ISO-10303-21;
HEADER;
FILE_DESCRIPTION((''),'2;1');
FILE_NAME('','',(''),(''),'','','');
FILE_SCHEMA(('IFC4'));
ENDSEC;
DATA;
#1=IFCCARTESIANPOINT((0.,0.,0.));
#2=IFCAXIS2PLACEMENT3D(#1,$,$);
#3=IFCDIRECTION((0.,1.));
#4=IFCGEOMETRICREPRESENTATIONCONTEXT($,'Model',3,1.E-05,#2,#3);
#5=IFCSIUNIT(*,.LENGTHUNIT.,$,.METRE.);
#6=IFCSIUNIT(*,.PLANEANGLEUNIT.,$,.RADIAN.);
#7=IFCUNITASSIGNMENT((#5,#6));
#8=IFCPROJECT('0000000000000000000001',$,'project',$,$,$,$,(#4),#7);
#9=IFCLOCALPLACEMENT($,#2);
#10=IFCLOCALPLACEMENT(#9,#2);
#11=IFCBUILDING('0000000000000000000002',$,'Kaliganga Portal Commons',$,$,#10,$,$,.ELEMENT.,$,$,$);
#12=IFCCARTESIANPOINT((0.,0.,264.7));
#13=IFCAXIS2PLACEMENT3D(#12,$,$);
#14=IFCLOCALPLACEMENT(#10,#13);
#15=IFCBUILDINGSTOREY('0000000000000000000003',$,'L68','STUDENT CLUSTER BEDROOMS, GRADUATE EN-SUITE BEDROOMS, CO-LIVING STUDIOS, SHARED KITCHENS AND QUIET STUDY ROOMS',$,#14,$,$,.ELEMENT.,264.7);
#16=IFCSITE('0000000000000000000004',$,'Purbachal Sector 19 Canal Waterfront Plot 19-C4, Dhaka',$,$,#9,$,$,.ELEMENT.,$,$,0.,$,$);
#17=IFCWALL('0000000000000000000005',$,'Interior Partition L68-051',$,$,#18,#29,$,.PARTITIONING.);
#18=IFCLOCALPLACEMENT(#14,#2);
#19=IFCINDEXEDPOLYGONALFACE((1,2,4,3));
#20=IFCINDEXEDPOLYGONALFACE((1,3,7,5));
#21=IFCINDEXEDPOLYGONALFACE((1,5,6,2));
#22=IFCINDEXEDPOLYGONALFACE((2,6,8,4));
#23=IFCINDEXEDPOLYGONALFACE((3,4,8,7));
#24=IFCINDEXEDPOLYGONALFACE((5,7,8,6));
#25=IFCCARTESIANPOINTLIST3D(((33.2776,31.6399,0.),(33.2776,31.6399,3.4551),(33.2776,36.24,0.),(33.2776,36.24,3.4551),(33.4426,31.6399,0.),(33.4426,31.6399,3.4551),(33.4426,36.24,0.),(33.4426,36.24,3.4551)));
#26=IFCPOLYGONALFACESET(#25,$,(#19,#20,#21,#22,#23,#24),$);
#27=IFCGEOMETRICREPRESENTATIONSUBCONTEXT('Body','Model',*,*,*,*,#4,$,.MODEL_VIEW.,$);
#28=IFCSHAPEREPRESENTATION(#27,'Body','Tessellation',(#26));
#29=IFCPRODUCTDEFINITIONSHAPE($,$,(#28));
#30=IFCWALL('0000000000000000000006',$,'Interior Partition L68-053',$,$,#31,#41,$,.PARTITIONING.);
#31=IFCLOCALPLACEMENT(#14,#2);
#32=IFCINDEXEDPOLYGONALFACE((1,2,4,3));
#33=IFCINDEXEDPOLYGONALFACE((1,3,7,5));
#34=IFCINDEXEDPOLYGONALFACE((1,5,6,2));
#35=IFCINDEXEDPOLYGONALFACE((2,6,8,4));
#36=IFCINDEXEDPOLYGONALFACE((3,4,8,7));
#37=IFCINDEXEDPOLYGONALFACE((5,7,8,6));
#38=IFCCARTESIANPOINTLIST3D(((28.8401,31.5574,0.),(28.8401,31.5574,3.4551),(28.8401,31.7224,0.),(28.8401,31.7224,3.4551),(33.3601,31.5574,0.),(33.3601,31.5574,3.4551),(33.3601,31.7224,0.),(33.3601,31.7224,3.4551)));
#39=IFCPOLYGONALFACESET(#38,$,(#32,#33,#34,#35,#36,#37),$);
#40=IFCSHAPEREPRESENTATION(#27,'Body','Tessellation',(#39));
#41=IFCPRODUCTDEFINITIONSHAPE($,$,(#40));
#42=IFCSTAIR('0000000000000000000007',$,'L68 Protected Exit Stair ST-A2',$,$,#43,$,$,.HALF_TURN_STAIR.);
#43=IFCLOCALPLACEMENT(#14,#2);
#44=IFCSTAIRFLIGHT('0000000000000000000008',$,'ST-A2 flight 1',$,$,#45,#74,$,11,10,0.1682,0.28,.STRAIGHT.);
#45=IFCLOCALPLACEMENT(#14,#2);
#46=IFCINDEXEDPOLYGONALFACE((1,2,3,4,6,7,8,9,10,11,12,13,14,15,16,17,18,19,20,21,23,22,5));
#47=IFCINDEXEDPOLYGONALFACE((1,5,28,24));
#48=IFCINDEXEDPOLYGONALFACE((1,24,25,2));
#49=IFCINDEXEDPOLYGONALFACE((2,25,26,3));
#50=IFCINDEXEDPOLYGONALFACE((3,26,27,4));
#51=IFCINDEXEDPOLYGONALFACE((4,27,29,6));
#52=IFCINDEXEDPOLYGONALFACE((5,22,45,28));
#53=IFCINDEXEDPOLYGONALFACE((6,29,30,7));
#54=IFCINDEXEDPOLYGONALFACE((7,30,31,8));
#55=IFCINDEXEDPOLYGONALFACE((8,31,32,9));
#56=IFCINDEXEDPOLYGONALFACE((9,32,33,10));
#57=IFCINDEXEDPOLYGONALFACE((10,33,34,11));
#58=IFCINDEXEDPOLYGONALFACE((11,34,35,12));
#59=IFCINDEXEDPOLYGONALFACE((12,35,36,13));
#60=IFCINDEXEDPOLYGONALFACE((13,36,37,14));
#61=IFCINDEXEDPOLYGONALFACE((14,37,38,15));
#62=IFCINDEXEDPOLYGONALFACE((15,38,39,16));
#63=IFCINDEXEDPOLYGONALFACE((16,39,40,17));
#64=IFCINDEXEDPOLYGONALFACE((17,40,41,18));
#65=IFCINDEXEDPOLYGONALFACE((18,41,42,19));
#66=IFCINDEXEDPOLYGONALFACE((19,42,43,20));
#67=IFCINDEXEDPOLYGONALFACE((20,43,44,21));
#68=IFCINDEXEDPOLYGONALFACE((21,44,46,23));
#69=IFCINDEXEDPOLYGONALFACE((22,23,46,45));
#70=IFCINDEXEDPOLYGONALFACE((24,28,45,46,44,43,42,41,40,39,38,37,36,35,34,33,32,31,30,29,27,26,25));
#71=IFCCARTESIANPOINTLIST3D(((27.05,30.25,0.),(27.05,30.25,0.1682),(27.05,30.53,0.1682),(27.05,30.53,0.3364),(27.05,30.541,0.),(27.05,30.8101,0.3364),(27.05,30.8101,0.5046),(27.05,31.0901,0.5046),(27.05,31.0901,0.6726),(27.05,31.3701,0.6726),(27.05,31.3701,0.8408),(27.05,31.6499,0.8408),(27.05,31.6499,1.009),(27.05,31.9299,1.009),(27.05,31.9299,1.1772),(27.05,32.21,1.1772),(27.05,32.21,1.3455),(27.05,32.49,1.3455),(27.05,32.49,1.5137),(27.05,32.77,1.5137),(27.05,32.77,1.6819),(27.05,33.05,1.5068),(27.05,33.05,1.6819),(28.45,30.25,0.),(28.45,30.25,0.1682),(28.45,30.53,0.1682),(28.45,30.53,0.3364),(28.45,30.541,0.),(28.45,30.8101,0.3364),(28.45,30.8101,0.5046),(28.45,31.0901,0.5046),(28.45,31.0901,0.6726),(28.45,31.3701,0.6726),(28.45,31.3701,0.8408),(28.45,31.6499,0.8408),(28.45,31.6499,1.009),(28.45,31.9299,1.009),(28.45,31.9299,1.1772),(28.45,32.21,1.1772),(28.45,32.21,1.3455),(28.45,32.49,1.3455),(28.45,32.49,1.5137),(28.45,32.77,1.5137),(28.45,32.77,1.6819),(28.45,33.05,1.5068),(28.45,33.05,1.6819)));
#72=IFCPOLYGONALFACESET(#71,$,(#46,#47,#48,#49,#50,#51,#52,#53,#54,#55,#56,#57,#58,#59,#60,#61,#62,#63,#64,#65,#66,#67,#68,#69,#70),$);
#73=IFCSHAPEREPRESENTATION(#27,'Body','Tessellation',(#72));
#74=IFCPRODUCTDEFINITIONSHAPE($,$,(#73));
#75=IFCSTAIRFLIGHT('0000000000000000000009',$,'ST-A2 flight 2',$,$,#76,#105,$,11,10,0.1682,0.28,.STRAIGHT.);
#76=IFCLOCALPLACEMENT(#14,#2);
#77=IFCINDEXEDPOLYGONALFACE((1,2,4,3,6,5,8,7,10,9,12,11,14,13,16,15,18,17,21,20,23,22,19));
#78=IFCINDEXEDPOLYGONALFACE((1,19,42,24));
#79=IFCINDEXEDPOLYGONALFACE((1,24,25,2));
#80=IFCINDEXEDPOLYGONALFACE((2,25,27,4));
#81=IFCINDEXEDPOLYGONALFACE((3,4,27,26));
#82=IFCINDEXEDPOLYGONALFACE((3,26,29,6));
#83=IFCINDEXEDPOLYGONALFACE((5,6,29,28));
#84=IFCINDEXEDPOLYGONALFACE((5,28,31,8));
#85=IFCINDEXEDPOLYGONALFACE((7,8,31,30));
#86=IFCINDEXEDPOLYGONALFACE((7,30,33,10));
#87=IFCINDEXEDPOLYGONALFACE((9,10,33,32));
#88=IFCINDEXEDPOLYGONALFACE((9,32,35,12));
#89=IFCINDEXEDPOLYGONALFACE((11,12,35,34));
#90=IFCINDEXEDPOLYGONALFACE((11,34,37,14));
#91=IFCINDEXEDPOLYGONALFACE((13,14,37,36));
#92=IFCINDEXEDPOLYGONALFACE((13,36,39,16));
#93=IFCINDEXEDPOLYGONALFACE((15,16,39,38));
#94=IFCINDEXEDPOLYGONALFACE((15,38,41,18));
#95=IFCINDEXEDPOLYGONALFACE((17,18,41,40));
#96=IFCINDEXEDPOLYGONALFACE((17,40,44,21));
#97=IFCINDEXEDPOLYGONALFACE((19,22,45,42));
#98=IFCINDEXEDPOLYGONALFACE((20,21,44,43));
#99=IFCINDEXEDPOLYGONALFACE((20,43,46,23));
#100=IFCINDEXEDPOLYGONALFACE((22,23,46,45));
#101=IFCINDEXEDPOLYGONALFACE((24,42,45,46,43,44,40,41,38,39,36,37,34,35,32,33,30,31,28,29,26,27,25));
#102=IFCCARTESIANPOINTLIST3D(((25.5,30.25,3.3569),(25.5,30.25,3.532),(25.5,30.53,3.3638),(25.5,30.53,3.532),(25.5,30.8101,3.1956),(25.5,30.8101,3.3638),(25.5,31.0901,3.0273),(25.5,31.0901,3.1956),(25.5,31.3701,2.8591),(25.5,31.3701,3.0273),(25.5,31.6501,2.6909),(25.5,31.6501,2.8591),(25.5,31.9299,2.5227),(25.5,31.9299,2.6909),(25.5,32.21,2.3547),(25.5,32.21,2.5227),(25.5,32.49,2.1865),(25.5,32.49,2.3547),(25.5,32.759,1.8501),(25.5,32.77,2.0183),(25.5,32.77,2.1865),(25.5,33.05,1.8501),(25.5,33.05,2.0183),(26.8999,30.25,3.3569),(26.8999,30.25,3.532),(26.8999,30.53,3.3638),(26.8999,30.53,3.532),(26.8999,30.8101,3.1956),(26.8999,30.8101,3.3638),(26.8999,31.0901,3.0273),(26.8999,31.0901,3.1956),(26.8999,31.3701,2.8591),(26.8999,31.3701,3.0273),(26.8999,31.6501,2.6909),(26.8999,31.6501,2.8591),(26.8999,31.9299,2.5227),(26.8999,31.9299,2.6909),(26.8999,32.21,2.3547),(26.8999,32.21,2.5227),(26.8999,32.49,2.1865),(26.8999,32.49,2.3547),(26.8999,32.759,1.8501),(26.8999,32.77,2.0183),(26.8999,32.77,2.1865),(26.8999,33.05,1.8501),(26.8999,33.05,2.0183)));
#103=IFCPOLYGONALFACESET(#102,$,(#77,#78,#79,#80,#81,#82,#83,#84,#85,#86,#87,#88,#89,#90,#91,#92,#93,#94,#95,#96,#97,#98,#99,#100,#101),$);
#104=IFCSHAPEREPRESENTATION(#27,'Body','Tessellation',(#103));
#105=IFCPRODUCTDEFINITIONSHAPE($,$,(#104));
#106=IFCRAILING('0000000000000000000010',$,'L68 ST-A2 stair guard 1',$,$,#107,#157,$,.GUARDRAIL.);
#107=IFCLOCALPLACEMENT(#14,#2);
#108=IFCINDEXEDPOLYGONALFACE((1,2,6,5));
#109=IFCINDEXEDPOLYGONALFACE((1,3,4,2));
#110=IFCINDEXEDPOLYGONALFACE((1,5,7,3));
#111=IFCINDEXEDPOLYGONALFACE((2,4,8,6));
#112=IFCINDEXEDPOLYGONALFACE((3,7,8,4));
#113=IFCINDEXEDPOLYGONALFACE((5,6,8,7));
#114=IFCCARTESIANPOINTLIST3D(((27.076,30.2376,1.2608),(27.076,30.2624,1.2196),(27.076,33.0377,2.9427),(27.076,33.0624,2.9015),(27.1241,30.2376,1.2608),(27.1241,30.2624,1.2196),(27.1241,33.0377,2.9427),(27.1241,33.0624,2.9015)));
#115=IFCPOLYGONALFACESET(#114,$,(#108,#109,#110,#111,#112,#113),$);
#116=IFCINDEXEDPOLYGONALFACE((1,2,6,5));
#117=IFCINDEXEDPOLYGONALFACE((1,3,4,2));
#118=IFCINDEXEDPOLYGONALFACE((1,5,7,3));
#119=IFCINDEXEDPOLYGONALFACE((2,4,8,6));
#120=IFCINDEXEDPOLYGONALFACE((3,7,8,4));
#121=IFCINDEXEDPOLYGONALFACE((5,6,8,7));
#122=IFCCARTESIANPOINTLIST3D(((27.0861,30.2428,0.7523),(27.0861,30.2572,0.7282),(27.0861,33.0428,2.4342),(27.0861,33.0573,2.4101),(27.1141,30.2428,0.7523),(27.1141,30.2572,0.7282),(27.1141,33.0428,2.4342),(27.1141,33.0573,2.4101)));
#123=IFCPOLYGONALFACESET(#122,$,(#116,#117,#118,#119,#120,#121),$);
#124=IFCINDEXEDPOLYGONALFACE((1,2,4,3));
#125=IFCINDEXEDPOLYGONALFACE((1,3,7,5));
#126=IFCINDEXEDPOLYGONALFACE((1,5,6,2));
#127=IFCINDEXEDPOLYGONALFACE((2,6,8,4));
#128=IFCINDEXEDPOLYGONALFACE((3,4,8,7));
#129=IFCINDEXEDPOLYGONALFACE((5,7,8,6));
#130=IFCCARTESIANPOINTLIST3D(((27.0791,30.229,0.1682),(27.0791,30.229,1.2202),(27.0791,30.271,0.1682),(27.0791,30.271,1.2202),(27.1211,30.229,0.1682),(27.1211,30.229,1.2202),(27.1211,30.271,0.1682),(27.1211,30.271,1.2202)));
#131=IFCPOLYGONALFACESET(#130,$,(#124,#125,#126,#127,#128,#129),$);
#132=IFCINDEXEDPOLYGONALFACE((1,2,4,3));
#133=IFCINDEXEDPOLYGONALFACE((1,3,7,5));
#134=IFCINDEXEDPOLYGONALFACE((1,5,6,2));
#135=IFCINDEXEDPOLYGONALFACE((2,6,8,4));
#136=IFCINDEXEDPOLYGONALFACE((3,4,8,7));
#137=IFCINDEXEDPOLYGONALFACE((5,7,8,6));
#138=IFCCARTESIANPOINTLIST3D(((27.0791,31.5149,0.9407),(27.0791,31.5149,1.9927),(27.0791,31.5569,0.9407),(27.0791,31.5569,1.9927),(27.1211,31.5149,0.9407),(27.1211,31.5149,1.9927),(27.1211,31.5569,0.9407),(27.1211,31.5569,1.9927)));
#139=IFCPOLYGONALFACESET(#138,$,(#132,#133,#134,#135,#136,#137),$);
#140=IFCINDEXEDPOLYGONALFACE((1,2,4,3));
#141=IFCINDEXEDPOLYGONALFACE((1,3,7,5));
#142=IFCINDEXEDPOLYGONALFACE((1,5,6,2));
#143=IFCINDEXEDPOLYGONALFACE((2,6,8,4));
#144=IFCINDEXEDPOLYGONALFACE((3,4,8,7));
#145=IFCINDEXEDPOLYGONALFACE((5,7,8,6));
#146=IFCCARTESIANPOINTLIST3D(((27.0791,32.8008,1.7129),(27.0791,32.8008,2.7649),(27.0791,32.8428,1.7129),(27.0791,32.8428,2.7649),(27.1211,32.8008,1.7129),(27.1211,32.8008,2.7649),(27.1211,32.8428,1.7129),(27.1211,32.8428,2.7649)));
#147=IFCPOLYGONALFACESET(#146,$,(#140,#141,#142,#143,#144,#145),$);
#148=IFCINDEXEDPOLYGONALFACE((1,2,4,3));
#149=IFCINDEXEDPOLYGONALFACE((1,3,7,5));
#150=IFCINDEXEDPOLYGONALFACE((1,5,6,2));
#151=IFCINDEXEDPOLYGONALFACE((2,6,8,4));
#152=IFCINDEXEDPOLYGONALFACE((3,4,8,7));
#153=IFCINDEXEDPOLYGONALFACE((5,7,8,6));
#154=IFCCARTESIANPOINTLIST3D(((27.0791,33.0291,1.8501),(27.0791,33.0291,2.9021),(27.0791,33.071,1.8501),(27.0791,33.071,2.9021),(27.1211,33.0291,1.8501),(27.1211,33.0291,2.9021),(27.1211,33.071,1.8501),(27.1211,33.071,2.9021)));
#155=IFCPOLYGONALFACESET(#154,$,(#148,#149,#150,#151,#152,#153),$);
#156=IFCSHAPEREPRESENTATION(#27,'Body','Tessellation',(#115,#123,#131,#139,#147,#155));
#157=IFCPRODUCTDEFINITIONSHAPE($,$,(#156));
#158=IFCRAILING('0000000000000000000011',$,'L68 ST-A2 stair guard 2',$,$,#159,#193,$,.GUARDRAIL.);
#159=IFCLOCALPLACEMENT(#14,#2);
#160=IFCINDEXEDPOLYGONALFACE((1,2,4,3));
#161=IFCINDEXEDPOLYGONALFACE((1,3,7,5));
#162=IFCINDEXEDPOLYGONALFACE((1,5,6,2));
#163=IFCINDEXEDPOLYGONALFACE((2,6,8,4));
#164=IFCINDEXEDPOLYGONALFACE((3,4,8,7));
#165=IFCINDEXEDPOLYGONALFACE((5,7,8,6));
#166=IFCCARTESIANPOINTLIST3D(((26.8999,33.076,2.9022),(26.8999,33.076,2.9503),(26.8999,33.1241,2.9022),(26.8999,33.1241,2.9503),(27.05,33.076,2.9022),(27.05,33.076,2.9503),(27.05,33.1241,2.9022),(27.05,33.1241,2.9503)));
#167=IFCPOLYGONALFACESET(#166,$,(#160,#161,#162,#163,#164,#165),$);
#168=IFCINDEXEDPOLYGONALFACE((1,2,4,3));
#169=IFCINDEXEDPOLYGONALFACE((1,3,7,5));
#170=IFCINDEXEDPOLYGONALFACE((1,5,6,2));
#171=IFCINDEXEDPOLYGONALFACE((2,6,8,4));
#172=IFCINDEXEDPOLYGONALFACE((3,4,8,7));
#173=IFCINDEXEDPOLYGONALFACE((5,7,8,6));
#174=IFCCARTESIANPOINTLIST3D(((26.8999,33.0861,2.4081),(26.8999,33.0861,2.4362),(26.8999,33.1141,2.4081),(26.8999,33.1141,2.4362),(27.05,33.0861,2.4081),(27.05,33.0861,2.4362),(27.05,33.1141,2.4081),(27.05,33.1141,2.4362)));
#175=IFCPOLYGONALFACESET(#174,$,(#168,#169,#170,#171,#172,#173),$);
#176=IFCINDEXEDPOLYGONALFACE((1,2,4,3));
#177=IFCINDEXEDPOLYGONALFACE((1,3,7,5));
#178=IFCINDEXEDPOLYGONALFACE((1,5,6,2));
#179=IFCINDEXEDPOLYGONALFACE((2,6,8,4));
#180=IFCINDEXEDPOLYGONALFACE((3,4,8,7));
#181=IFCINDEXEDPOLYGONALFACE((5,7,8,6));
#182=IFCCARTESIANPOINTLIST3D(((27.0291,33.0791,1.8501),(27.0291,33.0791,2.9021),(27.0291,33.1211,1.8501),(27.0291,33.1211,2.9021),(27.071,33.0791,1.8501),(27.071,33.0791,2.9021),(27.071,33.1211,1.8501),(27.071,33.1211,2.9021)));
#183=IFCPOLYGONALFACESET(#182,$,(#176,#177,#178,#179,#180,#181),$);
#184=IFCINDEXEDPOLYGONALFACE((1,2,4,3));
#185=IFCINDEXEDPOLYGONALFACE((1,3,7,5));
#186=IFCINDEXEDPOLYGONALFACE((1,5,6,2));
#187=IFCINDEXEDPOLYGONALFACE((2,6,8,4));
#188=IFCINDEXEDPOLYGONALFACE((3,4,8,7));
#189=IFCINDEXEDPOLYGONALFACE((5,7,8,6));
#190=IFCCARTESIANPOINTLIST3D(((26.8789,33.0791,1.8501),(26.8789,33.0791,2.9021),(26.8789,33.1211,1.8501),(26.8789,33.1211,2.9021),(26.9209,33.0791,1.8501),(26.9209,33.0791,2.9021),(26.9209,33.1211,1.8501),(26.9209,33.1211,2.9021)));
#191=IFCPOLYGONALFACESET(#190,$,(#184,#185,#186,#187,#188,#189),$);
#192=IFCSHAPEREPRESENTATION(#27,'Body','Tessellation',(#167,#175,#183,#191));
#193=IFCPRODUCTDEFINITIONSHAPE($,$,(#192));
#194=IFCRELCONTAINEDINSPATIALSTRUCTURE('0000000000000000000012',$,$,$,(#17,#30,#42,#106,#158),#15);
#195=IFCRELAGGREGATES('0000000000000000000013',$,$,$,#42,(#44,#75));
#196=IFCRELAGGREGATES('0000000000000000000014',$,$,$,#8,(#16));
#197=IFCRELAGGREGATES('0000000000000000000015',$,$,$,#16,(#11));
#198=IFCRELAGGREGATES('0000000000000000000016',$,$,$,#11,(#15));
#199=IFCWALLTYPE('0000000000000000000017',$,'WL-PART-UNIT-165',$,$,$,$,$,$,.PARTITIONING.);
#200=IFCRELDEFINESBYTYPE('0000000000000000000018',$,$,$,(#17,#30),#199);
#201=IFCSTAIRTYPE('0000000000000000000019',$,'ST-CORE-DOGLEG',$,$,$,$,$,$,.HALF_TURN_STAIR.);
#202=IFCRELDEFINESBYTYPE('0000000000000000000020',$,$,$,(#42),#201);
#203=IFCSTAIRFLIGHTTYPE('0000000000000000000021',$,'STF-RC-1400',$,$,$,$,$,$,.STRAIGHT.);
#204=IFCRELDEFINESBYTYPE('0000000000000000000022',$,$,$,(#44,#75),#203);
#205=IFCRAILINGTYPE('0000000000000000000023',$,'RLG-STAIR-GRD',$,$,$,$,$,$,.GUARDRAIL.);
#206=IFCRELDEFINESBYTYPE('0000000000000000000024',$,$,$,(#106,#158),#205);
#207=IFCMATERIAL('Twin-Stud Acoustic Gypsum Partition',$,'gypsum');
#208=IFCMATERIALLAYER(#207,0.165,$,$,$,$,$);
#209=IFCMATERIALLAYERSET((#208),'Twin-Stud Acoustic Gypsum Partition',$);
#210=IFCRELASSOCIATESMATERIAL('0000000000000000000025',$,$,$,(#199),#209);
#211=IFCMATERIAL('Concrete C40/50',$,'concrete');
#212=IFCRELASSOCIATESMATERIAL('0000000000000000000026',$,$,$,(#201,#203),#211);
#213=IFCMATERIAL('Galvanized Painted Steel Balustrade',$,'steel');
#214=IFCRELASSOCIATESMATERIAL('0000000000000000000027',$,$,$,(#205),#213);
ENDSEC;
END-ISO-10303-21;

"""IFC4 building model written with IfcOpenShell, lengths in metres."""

from ifc_helpers import new_model, si_unit, direction, frame, frame_2d, origin, origin_2d, place, context, subcontext, project, spatial, polyline, rectangle, outline, extrude, material, layer, layer_set, type_object, element, aggregate, save


model = new_model("IFC4")

# Units and contexts
model_context = context("Model", 3, precision=1e-05, world=origin(), true_north=direction((0.0, 1.0)))
body_context = subcontext(model_context, "Body", "Model", "MODEL_VIEW")
ifc_project = project(units=[si_unit("LENGTHUNIT", "METRE"), si_unit("PLANEANGLEUNIT", "RADIAN")], contexts=[model_context])

# Site, building, storey
site_placement = place(None, origin())
site = spatial("IfcSite", under=ifc_project, at=site_placement, Name="Purbachal Sector 19 Canal Waterfront Plot 19-C4, Dhaka", CompositionType="ELEMENT", RefElevation=0.0)
building_placement = place(site_placement, origin())
building = spatial("IfcBuilding", under=site, at=building_placement, Name="Kaliganga Portal Commons", CompositionType="ELEMENT")
storey_placement = place(building_placement, frame((0.0, 0.0, 264.7)))
storey = spatial("IfcBuildingStorey", under=building, at=storey_placement, Name="L68", Description="STUDENT CLUSTER BEDROOMS, GRADUATE EN-SUITE BEDROOMS, CO-LIVING STUDIOS, SHARED KITCHENS AND QUIET STUDY ROOMS", CompositionType="ELEMENT", Elevation=264.7)

# Walls
ifc_material_1 = material(Name="Twin-Stud Acoustic Gypsum Partition", Category="gypsum")
ifc_layer = layer(ifc_material_1, 0.165)
ifc_layer_set = layer_set([ifc_layer], Name="Twin-Stud Acoustic Gypsum Partition")
wall_type = type_object("IfcWallType", Name="WL-PART-UNIT-165", PredefinedType="PARTITIONING", material=ifc_layer_set)
wall_1_placement = place(storey_placement, frame((33.3601, 31.6399, 0.0), z_axis=(0.0, 0.0, 1.0), x_axis=(0.0, 1.0, 0.0)))
element("IfcWall", 1, at=wall_1_placement, inside=storey, type_object=wall_type, Name="Interior Partition L68-051", PredefinedType="PARTITIONING", context=body_context, shape_type="SweptSolid", body=[
    extrude(rectangle(XDim=4.6001, YDim=0.165, at=frame_2d((2.3, 0.0))), origin(), (0.0, 0.0, 1.0), 3.4551),
])
wall_2_placement = place(storey_placement, frame((28.8401, 31.6399, 0.0), z_axis=(0.0, 0.0, 1.0), x_axis=(1.0, 0.0, 0.0)))
element("IfcWall", 2, at=wall_2_placement, inside=storey, type_object=wall_type, Name="Interior Partition L68-053", PredefinedType="PARTITIONING", context=body_context, shape_type="SweptSolid", body=[
    extrude(rectangle(XDim=4.52, YDim=0.165, at=frame_2d((2.26, 0.0))), origin(), (0.0, 0.0, 1.0), 3.4551),
])

# Stair, stair flights
ifc_material_2 = material(Name="Concrete C40/50", Category="concrete")
stair_type = type_object("IfcStairType", Name="ST-CORE-DOGLEG", PredefinedType="HALF_TURN_STAIR", material=ifc_material_2)
stair_placement = place(storey_placement, origin())
stair = element("IfcStair", 3, at=stair_placement, inside=storey, type_object=stair_type, Name="L68 Protected Exit Stair ST-A2", PredefinedType="HALF_TURN_STAIR")
stair_flight_type = type_object("IfcStairFlightType", Name="STF-RC-1400", PredefinedType="STRAIGHT", material=ifc_material_2)
stair_flight_1_placement = place(storey_placement, frame((27.75, 30.25, 0.0), z_axis=(0.0, 0.0, 1.0), x_axis=(0.0, 1.0, 0.0)))
stair_flight_1 = element("IfcStairFlight", 4, at=stair_flight_1_placement, type_object=stair_flight_type, Name="ST-A2 flight 1", NumberOfRisers=11, NumberOfTreads=10, PredefinedType="STRAIGHT", RiserHeight=0.1682, TreadLength=0.28, context=body_context, shape_type="SweptSolid", body=[
    extrude(outline(polyline([(0.0, 0.0), (0.0, 0.1682), (0.28, 0.1682), (0.28, 0.3364), (0.5601, 0.3364), (0.5601, 0.5046), (0.8401, 0.5046), (0.8401, 0.6726), (1.1201, 0.6726), (1.1201, 0.8408), (1.3999, 0.8408), (1.3999, 1.009), (1.6799, 1.009), (1.6799, 1.1772), (1.96, 1.1772), (1.96, 1.3455), (2.24, 1.3455), (2.24, 1.5137), (2.52, 1.5137), (2.52, 1.6819), (2.8, 1.6819), (2.8, 1.8501), (2.8, 1.5068), (0.291, 0.0), (0.0, 0.0)])), frame((0.0, 0.7, 0.0), z_axis=(0.0, -1.0, 0.0), x_axis=(1.0, 0.0, 0.0)), (0.0, 0.0, 1.0), 1.3999),
])
stair_flight_2_placement = place(storey_placement, frame((26.2, 33.05, 1.8501), z_axis=(0.0, 0.0, 1.0), x_axis=(0.0, -1.0, 0.0)))
stair_flight_2 = element("IfcStairFlight", 5, at=stair_flight_2_placement, type_object=stair_flight_type, Name="ST-A2 flight 2", NumberOfRisers=11, NumberOfTreads=10, PredefinedType="STRAIGHT", RiserHeight=0.1682, TreadLength=0.28, context=body_context, shape_type="SweptSolid", body=[
    extrude(outline(polyline([(0.0, 0.0), (0.0, 0.1682), (0.28, 0.1682), (0.28, 0.3364), (0.5601, 0.3364), (0.5601, 0.5046), (0.8401, 0.5046), (0.8401, 0.6726), (1.1201, 0.6726), (1.1201, 0.8408), (1.3999, 0.8408), (1.3999, 1.009), (1.6799, 1.009), (1.6799, 1.1772), (1.96, 1.1772), (1.96, 1.3455), (2.24, 1.3455), (2.24, 1.5137), (2.52, 1.5137), (2.52, 1.6819), (2.8, 1.6819), (2.8, 1.8501), (2.8, 1.5068), (0.291, 0.0), (0.0, 0.0)])), frame((0.0, 0.7, 0.0), z_axis=(0.0, -1.0, 0.0), x_axis=(1.0, 0.0, 0.0)), (0.0, 0.0, 1.0), 1.3999),
])
aggregate(stair, [stair_flight_1, stair_flight_2])

# Railings
ifc_material_3 = material(Name="Galvanized Painted Steel Balustrade", Category="steel")
railing_type_1 = type_object("IfcRailingType", Name="RLG-STAIR-GRD", PredefinedType="GUARDRAIL", material=ifc_material_3)
railing_1_placement = place(storey_placement, frame((27.1001, 30.25, 0.1682)))
element("IfcRailing", 6, at=railing_1_placement, inside=storey, type_object=railing_type_1, Name="L68 ST-A2 stair guard 1", PredefinedType="GUARDRAIL", context=body_context, shape_type="SweptSolid", body=[
    extrude(rectangle(XDim=0.0481, YDim=0.0481, at=origin_2d()), frame((0.0, 0.0, 1.072), z_axis=(0.0, 0.857242, 0.514913), x_axis=(-1.0, 0.0, 0.0)), (0.0, 0.0, 1.0), 3.2664),
    extrude(rectangle(XDim=0.0281, YDim=0.0281, at=origin_2d()), frame((0.0, 0.0, 0.572), z_axis=(0.0, 0.857242, 0.514913), x_axis=(-1.0, 0.0, 0.0)), (0.0, 0.0, 1.0), 3.2664),
    extrude(rectangle(XDim=0.042, YDim=0.042, at=origin_2d()), origin(), (0.0, 0.0, 1.0), 1.052),
    extrude(rectangle(XDim=0.042, YDim=0.042, at=origin_2d()), frame((0.0, 1.2859, 0.7725)), (0.0, 0.0, 1.0), 1.052),
    extrude(rectangle(XDim=0.042, YDim=0.042, at=origin_2d()), frame((0.0, 2.5718, 1.5447)), (0.0, 0.0, 1.0), 1.052),
    extrude(rectangle(XDim=0.042, YDim=0.042, at=origin_2d()), frame((0.0, 2.8, 1.6819)), (0.0, 0.0, 1.0), 1.052),
])
railing_2_placement = place(storey_placement, frame((27.05, 33.1001, 1.8501)))
element("IfcRailing", 7, at=railing_2_placement, inside=storey, type_object=railing_type_1, Name="L68 ST-A2 stair guard 2", PredefinedType="GUARDRAIL", context=body_context, shape_type="SweptSolid", body=[
    extrude(rectangle(XDim=0.0481, YDim=0.0481, at=origin_2d()), frame((0.0, 0.0, 1.0762), z_axis=(-1.0, 0.0, 0.0), x_axis=(0.0, -1.0, 0.0)), (0.0, 0.0, 1.0), 0.1501),
    extrude(rectangle(XDim=0.0281, YDim=0.0281, at=origin_2d()), frame((0.0, 0.0, 0.572), z_axis=(-1.0, 0.0, 0.0), x_axis=(0.0, -1.0, 0.0)), (0.0, 0.0, 1.0), 0.1501),
    extrude(rectangle(XDim=0.042, YDim=0.042, at=origin_2d()), origin(), (0.0, 0.0, 1.0), 1.052),
    extrude(rectangle(XDim=0.042, YDim=0.042, at=origin_2d()), frame((-0.1501, 0.0, 0.0)), (0.0, 0.0, 1.0), 1.052),
])

save(model, "model.ifc")
